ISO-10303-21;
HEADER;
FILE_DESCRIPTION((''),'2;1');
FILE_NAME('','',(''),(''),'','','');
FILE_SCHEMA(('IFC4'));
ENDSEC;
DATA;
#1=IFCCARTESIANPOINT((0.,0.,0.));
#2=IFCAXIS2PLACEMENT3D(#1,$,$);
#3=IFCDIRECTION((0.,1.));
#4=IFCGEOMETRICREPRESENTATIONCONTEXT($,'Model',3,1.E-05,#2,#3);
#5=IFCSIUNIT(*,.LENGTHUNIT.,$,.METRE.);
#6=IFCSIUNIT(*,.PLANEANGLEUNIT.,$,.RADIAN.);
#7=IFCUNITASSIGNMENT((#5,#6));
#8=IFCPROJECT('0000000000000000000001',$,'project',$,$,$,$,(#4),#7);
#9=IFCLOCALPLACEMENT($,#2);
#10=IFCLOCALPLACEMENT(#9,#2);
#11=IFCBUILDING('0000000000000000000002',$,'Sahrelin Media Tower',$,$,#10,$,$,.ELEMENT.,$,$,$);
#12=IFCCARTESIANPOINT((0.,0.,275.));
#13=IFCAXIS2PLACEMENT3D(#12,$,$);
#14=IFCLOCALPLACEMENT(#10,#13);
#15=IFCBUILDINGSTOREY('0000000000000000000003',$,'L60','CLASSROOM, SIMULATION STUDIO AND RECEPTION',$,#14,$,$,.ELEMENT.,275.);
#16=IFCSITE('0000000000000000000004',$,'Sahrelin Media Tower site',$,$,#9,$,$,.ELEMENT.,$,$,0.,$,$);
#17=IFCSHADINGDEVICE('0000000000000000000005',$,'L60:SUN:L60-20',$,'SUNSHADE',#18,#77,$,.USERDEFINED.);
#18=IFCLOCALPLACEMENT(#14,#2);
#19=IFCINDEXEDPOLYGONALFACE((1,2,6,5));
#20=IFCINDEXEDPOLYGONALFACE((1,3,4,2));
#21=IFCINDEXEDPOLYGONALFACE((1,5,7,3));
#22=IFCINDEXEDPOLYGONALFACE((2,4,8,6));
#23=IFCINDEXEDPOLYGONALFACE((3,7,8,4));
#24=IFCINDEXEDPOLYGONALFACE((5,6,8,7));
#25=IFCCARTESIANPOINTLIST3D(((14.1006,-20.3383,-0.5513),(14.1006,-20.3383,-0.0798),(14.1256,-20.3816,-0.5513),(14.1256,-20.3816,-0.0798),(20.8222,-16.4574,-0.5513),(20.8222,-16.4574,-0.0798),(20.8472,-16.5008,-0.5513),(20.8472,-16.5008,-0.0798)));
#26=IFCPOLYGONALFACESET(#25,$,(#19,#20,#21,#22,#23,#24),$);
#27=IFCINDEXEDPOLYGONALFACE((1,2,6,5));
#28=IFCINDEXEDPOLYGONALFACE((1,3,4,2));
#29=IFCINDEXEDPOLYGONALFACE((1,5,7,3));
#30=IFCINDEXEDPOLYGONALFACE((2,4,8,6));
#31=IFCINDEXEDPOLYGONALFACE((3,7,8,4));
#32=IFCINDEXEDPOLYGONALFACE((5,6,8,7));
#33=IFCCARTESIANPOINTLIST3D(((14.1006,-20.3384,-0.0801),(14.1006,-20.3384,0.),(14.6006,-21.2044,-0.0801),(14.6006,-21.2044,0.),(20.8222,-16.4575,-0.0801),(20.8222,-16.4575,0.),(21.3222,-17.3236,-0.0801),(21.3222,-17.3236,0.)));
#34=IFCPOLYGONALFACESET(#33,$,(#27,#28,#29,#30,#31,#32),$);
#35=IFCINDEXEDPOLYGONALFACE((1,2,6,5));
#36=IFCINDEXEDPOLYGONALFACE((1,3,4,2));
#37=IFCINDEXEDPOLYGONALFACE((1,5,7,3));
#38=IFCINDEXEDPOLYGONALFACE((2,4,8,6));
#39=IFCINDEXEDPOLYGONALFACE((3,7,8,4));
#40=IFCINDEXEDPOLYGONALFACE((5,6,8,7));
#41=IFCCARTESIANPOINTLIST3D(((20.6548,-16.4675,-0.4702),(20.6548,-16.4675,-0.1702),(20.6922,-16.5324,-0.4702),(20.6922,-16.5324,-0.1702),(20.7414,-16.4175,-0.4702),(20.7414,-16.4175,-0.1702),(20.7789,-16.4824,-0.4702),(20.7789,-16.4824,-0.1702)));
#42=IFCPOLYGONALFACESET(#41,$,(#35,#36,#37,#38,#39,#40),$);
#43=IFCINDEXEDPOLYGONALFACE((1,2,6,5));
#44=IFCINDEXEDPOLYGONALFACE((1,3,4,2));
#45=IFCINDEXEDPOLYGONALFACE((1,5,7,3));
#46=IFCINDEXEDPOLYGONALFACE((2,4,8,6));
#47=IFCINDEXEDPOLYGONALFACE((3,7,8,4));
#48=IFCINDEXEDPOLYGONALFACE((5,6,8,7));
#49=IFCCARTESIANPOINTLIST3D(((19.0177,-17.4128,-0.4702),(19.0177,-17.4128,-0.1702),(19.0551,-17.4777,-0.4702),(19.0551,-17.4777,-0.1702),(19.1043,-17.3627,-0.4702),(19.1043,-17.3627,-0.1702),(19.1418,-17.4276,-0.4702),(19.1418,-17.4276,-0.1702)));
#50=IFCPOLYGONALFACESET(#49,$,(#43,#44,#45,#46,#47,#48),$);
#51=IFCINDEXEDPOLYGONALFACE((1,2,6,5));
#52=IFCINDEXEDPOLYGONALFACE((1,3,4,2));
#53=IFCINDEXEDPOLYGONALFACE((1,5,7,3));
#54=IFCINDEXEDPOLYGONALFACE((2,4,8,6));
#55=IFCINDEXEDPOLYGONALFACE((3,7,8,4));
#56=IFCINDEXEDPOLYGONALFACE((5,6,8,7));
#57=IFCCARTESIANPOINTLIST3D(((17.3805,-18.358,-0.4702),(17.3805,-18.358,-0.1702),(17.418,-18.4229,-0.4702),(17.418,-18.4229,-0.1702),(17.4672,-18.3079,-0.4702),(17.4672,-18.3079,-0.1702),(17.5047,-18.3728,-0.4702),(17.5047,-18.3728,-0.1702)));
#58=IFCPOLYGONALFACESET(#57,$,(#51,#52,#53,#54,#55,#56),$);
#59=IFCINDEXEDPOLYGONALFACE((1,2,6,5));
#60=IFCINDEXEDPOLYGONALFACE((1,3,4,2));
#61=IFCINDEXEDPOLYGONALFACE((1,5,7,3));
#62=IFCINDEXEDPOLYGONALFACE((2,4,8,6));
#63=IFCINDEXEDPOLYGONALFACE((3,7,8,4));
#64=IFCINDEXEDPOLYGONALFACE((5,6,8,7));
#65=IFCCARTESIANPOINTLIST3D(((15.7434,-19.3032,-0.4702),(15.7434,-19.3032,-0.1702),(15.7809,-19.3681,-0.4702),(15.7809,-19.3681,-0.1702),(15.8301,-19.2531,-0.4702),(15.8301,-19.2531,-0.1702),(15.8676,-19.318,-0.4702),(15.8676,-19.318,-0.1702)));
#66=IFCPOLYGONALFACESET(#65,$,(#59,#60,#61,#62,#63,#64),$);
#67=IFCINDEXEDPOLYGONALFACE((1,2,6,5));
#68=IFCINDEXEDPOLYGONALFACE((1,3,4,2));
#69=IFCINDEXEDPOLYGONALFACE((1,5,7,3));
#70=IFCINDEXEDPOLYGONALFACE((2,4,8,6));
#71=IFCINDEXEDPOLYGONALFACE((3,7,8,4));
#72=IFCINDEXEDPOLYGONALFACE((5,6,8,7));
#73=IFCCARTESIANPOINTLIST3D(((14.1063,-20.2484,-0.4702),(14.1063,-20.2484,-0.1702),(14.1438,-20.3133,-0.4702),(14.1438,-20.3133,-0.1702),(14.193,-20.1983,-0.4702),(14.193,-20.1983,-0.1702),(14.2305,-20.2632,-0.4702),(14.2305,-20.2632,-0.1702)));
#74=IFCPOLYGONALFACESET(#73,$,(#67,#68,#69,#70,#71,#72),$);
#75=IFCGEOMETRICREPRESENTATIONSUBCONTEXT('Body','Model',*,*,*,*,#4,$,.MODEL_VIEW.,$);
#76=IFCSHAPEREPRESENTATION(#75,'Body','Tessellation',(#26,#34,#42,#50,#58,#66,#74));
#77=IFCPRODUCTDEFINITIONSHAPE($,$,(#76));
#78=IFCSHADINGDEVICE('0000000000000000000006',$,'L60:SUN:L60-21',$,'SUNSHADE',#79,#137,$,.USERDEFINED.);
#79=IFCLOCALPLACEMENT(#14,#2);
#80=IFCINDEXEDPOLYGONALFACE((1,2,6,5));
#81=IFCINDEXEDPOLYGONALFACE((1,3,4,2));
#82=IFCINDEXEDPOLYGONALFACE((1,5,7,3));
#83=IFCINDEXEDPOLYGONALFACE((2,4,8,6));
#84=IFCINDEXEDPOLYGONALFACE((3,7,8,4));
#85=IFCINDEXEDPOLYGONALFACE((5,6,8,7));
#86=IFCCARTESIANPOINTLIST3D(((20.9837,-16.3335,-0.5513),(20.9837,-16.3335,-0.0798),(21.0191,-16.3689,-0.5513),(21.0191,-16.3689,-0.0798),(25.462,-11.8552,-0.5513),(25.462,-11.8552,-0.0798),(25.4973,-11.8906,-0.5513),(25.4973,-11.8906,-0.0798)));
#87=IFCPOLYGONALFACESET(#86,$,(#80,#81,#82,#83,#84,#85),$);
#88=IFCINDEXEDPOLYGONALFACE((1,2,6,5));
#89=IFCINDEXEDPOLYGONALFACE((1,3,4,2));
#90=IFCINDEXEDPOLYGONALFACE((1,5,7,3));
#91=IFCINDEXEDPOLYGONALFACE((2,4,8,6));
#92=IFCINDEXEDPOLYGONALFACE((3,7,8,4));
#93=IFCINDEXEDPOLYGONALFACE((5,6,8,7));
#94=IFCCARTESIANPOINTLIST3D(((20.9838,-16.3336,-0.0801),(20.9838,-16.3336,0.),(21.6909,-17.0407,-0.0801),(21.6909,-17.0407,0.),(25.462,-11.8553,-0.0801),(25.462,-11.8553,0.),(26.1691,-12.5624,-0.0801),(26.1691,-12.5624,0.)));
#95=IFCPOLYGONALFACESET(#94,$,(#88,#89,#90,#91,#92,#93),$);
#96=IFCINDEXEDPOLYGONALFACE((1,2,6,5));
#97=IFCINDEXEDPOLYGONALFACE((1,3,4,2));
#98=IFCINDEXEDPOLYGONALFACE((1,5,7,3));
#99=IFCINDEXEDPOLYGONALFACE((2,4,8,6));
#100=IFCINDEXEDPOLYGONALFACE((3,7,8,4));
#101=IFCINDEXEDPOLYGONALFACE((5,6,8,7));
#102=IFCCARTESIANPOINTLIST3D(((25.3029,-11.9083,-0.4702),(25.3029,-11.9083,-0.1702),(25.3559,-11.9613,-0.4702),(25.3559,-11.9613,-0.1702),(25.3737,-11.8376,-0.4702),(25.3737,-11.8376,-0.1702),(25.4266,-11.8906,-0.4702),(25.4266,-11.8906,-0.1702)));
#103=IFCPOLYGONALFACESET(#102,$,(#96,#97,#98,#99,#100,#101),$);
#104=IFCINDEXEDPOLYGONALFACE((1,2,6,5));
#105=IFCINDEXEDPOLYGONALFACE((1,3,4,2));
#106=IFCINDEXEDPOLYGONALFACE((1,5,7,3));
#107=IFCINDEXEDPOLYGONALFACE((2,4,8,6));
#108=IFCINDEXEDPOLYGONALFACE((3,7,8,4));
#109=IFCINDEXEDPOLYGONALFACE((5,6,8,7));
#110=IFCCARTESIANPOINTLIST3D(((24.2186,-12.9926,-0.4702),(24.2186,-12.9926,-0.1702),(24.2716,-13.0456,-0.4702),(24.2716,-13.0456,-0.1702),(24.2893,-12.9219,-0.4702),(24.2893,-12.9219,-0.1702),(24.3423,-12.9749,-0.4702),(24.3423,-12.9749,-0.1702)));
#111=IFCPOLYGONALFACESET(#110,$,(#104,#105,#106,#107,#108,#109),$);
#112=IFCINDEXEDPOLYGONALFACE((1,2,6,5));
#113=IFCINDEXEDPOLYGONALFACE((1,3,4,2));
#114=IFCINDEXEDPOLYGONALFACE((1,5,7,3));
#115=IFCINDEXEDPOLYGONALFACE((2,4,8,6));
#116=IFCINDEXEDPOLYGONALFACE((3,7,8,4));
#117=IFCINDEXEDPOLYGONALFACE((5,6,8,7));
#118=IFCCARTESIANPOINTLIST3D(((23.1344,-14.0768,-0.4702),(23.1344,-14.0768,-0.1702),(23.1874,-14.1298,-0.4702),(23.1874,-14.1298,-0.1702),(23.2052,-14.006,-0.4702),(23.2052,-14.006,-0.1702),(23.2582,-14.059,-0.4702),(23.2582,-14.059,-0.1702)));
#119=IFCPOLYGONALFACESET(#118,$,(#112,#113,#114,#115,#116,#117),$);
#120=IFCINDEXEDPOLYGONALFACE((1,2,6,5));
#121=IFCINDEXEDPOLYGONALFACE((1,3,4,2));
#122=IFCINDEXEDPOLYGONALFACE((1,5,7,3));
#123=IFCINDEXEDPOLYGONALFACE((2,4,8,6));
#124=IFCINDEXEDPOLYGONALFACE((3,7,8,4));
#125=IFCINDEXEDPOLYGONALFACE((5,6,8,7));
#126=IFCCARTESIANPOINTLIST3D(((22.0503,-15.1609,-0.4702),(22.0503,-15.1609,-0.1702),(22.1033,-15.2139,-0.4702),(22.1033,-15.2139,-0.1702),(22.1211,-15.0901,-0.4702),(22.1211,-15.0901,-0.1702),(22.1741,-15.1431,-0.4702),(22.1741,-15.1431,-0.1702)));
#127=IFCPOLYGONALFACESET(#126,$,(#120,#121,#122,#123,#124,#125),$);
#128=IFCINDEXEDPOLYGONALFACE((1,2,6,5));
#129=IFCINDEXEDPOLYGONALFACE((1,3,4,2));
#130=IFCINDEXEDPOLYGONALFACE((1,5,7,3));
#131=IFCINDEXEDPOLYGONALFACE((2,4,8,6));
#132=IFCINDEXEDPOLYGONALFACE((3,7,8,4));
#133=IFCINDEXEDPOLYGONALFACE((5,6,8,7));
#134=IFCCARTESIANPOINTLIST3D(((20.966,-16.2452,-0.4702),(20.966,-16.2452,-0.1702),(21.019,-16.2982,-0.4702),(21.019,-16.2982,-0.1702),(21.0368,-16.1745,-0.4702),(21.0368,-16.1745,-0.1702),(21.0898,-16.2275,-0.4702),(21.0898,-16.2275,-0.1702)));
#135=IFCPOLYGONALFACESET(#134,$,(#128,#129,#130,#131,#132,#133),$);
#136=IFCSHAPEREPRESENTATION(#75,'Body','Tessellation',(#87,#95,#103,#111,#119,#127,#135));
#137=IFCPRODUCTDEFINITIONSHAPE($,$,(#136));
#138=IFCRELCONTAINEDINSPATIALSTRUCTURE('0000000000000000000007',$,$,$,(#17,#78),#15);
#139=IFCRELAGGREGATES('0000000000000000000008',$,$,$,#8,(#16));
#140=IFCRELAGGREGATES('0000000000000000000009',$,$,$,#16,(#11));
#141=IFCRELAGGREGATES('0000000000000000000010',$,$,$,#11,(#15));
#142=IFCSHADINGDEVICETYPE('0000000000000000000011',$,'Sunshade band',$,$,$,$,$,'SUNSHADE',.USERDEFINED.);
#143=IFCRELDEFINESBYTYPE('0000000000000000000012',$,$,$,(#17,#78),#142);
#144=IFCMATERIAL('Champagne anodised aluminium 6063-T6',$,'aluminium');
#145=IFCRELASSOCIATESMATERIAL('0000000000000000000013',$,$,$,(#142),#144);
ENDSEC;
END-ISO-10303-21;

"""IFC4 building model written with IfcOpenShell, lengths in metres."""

from ifc_helpers import new_model, si_unit, direction, frame, origin, origin_2d, place, context, subcontext, project, spatial, rectangle, extrude, material, type_object, element, save


model = new_model("IFC4")

# Units and contexts
model_context = context("Model", 3, precision=1e-05, world=origin(), true_north=direction((0.0, 1.0)))
body_context = subcontext(model_context, "Body", "Model", "MODEL_VIEW")
ifc_project = project(units=[si_unit("LENGTHUNIT", "METRE"), si_unit("PLANEANGLEUNIT", "RADIAN")], contexts=[model_context])

# Site, building, storey
site_placement = place(None, origin())
site = spatial("IfcSite", under=ifc_project, at=site_placement, Name="Sahrelin Media Tower site", CompositionType="ELEMENT", RefElevation=0.0)
building_placement = place(site_placement, origin())
building = spatial("IfcBuilding", under=site, at=building_placement, Name="Sahrelin Media Tower", CompositionType="ELEMENT")
storey_placement = place(building_placement, frame((0.0, 0.0, 275.0)))
storey = spatial("IfcBuildingStorey", under=building, at=storey_placement, Name="L60", Description="CLASSROOM, SIMULATION STUDIO AND RECEPTION", CompositionType="ELEMENT", Elevation=275.0)

# Shared definitions
ifc_material_1 = material(Name="Champagne anodised aluminium 6063-T6", Category="aluminium")

# Shared definitions
placement_1 = place(storey_placement, frame((17.4514, -18.3806, 0.0), z_axis=(0.0, 0.0, 1.0), x_axis=(-0.866019, -0.500011, 0.0)))
placement_2 = place(storey_placement, frame((23.2087, -14.0803, 0.0), z_axis=(0.0, 0.0, 1.0), x_axis=(-0.707107, -0.707107, 0.0)))

# Shading devices
shading_device_type_1 = type_object("IfcShadingDeviceType", Name="Sunshade band", ElementType="SUNSHADE", PredefinedType="USERDEFINED", material=ifc_material_1)
element("IfcShadingDevice", 1, at=placement_1, inside=storey, type_object=shading_device_type_1, Name="L60:SUN:L60-20", ObjectType="SUNSHADE", PredefinedType="USERDEFINED", context=body_context, shape_type="SweptSolid", body=[
    extrude(rectangle(XDim=7.7615, YDim=0.05, at=origin_2d()), frame((0.0, 0.0449, -0.5513)), (0.0, 0.0, 1.0), 0.4714),
    extrude(rectangle(XDim=7.7615, YDim=1.0, at=origin_2d()), frame((0.0, 0.52, -0.0801)), (0.0, 0.0, 1.0), 0.0801),
    extrude(rectangle(XDim=0.1001, YDim=0.075, at=origin_2d()), frame((-3.7808, -0.0176, -0.4702)), (0.0, 0.0, 1.0), 0.3),
    extrude(rectangle(XDim=0.1001, YDim=0.075, at=origin_2d()), frame((-1.8904, -0.0176, -0.4702)), (0.0, 0.0, 1.0), 0.3),
    extrude(rectangle(XDim=0.1001, YDim=0.075, at=origin_2d()), frame((0.0, -0.0176, -0.4702)), (0.0, 0.0, 1.0), 0.3),
    extrude(rectangle(XDim=0.1001, YDim=0.075, at=origin_2d()), frame((1.8904, -0.0176, -0.4702)), (0.0, 0.0, 1.0), 0.3),
    extrude(rectangle(XDim=0.1001, YDim=0.075, at=origin_2d()), frame((3.7808, -0.0176, -0.4702)), (0.0, 0.0, 1.0), 0.3),
])
element("IfcShadingDevice", 2, at=placement_2, inside=storey, type_object=shading_device_type_1, Name="L60:SUN:L60-21", ObjectType="SUNSHADE", PredefinedType="USERDEFINED", context=body_context, shape_type="SweptSolid", body=[
    extrude(rectangle(XDim=6.3333, YDim=0.05, at=origin_2d()), frame((0.0, 0.0449, -0.5513)), (0.0, 0.0, 1.0), 0.4714),
    extrude(rectangle(XDim=6.3333, YDim=1.0, at=origin_2d()), frame((0.0, 0.52, -0.0801)), (0.0, 0.0, 1.0), 0.0801),
    extrude(rectangle(XDim=0.1001, YDim=0.075, at=origin_2d()), frame((-3.0667, -0.0176, -0.4702)), (0.0, 0.0, 1.0), 0.3),
    extrude(rectangle(XDim=0.1001, YDim=0.075, at=origin_2d()), frame((-1.5332, -0.0176, -0.4702)), (0.0, 0.0, 1.0), 0.3),
    extrude(rectangle(XDim=0.1001, YDim=0.075, at=origin_2d()), frame((0.0, -0.0176, -0.4702)), (0.0, 0.0, 1.0), 0.3),
    extrude(rectangle(XDim=0.1001, YDim=0.075, at=origin_2d()), frame((1.5332, -0.0176, -0.4702)), (0.0, 0.0, 1.0), 0.3),
    extrude(rectangle(XDim=0.1001, YDim=0.075, at=origin_2d()), frame((3.0667, -0.0176, -0.4702)), (0.0, 0.0, 1.0), 0.3),
])

save(model, "model.ifc")
